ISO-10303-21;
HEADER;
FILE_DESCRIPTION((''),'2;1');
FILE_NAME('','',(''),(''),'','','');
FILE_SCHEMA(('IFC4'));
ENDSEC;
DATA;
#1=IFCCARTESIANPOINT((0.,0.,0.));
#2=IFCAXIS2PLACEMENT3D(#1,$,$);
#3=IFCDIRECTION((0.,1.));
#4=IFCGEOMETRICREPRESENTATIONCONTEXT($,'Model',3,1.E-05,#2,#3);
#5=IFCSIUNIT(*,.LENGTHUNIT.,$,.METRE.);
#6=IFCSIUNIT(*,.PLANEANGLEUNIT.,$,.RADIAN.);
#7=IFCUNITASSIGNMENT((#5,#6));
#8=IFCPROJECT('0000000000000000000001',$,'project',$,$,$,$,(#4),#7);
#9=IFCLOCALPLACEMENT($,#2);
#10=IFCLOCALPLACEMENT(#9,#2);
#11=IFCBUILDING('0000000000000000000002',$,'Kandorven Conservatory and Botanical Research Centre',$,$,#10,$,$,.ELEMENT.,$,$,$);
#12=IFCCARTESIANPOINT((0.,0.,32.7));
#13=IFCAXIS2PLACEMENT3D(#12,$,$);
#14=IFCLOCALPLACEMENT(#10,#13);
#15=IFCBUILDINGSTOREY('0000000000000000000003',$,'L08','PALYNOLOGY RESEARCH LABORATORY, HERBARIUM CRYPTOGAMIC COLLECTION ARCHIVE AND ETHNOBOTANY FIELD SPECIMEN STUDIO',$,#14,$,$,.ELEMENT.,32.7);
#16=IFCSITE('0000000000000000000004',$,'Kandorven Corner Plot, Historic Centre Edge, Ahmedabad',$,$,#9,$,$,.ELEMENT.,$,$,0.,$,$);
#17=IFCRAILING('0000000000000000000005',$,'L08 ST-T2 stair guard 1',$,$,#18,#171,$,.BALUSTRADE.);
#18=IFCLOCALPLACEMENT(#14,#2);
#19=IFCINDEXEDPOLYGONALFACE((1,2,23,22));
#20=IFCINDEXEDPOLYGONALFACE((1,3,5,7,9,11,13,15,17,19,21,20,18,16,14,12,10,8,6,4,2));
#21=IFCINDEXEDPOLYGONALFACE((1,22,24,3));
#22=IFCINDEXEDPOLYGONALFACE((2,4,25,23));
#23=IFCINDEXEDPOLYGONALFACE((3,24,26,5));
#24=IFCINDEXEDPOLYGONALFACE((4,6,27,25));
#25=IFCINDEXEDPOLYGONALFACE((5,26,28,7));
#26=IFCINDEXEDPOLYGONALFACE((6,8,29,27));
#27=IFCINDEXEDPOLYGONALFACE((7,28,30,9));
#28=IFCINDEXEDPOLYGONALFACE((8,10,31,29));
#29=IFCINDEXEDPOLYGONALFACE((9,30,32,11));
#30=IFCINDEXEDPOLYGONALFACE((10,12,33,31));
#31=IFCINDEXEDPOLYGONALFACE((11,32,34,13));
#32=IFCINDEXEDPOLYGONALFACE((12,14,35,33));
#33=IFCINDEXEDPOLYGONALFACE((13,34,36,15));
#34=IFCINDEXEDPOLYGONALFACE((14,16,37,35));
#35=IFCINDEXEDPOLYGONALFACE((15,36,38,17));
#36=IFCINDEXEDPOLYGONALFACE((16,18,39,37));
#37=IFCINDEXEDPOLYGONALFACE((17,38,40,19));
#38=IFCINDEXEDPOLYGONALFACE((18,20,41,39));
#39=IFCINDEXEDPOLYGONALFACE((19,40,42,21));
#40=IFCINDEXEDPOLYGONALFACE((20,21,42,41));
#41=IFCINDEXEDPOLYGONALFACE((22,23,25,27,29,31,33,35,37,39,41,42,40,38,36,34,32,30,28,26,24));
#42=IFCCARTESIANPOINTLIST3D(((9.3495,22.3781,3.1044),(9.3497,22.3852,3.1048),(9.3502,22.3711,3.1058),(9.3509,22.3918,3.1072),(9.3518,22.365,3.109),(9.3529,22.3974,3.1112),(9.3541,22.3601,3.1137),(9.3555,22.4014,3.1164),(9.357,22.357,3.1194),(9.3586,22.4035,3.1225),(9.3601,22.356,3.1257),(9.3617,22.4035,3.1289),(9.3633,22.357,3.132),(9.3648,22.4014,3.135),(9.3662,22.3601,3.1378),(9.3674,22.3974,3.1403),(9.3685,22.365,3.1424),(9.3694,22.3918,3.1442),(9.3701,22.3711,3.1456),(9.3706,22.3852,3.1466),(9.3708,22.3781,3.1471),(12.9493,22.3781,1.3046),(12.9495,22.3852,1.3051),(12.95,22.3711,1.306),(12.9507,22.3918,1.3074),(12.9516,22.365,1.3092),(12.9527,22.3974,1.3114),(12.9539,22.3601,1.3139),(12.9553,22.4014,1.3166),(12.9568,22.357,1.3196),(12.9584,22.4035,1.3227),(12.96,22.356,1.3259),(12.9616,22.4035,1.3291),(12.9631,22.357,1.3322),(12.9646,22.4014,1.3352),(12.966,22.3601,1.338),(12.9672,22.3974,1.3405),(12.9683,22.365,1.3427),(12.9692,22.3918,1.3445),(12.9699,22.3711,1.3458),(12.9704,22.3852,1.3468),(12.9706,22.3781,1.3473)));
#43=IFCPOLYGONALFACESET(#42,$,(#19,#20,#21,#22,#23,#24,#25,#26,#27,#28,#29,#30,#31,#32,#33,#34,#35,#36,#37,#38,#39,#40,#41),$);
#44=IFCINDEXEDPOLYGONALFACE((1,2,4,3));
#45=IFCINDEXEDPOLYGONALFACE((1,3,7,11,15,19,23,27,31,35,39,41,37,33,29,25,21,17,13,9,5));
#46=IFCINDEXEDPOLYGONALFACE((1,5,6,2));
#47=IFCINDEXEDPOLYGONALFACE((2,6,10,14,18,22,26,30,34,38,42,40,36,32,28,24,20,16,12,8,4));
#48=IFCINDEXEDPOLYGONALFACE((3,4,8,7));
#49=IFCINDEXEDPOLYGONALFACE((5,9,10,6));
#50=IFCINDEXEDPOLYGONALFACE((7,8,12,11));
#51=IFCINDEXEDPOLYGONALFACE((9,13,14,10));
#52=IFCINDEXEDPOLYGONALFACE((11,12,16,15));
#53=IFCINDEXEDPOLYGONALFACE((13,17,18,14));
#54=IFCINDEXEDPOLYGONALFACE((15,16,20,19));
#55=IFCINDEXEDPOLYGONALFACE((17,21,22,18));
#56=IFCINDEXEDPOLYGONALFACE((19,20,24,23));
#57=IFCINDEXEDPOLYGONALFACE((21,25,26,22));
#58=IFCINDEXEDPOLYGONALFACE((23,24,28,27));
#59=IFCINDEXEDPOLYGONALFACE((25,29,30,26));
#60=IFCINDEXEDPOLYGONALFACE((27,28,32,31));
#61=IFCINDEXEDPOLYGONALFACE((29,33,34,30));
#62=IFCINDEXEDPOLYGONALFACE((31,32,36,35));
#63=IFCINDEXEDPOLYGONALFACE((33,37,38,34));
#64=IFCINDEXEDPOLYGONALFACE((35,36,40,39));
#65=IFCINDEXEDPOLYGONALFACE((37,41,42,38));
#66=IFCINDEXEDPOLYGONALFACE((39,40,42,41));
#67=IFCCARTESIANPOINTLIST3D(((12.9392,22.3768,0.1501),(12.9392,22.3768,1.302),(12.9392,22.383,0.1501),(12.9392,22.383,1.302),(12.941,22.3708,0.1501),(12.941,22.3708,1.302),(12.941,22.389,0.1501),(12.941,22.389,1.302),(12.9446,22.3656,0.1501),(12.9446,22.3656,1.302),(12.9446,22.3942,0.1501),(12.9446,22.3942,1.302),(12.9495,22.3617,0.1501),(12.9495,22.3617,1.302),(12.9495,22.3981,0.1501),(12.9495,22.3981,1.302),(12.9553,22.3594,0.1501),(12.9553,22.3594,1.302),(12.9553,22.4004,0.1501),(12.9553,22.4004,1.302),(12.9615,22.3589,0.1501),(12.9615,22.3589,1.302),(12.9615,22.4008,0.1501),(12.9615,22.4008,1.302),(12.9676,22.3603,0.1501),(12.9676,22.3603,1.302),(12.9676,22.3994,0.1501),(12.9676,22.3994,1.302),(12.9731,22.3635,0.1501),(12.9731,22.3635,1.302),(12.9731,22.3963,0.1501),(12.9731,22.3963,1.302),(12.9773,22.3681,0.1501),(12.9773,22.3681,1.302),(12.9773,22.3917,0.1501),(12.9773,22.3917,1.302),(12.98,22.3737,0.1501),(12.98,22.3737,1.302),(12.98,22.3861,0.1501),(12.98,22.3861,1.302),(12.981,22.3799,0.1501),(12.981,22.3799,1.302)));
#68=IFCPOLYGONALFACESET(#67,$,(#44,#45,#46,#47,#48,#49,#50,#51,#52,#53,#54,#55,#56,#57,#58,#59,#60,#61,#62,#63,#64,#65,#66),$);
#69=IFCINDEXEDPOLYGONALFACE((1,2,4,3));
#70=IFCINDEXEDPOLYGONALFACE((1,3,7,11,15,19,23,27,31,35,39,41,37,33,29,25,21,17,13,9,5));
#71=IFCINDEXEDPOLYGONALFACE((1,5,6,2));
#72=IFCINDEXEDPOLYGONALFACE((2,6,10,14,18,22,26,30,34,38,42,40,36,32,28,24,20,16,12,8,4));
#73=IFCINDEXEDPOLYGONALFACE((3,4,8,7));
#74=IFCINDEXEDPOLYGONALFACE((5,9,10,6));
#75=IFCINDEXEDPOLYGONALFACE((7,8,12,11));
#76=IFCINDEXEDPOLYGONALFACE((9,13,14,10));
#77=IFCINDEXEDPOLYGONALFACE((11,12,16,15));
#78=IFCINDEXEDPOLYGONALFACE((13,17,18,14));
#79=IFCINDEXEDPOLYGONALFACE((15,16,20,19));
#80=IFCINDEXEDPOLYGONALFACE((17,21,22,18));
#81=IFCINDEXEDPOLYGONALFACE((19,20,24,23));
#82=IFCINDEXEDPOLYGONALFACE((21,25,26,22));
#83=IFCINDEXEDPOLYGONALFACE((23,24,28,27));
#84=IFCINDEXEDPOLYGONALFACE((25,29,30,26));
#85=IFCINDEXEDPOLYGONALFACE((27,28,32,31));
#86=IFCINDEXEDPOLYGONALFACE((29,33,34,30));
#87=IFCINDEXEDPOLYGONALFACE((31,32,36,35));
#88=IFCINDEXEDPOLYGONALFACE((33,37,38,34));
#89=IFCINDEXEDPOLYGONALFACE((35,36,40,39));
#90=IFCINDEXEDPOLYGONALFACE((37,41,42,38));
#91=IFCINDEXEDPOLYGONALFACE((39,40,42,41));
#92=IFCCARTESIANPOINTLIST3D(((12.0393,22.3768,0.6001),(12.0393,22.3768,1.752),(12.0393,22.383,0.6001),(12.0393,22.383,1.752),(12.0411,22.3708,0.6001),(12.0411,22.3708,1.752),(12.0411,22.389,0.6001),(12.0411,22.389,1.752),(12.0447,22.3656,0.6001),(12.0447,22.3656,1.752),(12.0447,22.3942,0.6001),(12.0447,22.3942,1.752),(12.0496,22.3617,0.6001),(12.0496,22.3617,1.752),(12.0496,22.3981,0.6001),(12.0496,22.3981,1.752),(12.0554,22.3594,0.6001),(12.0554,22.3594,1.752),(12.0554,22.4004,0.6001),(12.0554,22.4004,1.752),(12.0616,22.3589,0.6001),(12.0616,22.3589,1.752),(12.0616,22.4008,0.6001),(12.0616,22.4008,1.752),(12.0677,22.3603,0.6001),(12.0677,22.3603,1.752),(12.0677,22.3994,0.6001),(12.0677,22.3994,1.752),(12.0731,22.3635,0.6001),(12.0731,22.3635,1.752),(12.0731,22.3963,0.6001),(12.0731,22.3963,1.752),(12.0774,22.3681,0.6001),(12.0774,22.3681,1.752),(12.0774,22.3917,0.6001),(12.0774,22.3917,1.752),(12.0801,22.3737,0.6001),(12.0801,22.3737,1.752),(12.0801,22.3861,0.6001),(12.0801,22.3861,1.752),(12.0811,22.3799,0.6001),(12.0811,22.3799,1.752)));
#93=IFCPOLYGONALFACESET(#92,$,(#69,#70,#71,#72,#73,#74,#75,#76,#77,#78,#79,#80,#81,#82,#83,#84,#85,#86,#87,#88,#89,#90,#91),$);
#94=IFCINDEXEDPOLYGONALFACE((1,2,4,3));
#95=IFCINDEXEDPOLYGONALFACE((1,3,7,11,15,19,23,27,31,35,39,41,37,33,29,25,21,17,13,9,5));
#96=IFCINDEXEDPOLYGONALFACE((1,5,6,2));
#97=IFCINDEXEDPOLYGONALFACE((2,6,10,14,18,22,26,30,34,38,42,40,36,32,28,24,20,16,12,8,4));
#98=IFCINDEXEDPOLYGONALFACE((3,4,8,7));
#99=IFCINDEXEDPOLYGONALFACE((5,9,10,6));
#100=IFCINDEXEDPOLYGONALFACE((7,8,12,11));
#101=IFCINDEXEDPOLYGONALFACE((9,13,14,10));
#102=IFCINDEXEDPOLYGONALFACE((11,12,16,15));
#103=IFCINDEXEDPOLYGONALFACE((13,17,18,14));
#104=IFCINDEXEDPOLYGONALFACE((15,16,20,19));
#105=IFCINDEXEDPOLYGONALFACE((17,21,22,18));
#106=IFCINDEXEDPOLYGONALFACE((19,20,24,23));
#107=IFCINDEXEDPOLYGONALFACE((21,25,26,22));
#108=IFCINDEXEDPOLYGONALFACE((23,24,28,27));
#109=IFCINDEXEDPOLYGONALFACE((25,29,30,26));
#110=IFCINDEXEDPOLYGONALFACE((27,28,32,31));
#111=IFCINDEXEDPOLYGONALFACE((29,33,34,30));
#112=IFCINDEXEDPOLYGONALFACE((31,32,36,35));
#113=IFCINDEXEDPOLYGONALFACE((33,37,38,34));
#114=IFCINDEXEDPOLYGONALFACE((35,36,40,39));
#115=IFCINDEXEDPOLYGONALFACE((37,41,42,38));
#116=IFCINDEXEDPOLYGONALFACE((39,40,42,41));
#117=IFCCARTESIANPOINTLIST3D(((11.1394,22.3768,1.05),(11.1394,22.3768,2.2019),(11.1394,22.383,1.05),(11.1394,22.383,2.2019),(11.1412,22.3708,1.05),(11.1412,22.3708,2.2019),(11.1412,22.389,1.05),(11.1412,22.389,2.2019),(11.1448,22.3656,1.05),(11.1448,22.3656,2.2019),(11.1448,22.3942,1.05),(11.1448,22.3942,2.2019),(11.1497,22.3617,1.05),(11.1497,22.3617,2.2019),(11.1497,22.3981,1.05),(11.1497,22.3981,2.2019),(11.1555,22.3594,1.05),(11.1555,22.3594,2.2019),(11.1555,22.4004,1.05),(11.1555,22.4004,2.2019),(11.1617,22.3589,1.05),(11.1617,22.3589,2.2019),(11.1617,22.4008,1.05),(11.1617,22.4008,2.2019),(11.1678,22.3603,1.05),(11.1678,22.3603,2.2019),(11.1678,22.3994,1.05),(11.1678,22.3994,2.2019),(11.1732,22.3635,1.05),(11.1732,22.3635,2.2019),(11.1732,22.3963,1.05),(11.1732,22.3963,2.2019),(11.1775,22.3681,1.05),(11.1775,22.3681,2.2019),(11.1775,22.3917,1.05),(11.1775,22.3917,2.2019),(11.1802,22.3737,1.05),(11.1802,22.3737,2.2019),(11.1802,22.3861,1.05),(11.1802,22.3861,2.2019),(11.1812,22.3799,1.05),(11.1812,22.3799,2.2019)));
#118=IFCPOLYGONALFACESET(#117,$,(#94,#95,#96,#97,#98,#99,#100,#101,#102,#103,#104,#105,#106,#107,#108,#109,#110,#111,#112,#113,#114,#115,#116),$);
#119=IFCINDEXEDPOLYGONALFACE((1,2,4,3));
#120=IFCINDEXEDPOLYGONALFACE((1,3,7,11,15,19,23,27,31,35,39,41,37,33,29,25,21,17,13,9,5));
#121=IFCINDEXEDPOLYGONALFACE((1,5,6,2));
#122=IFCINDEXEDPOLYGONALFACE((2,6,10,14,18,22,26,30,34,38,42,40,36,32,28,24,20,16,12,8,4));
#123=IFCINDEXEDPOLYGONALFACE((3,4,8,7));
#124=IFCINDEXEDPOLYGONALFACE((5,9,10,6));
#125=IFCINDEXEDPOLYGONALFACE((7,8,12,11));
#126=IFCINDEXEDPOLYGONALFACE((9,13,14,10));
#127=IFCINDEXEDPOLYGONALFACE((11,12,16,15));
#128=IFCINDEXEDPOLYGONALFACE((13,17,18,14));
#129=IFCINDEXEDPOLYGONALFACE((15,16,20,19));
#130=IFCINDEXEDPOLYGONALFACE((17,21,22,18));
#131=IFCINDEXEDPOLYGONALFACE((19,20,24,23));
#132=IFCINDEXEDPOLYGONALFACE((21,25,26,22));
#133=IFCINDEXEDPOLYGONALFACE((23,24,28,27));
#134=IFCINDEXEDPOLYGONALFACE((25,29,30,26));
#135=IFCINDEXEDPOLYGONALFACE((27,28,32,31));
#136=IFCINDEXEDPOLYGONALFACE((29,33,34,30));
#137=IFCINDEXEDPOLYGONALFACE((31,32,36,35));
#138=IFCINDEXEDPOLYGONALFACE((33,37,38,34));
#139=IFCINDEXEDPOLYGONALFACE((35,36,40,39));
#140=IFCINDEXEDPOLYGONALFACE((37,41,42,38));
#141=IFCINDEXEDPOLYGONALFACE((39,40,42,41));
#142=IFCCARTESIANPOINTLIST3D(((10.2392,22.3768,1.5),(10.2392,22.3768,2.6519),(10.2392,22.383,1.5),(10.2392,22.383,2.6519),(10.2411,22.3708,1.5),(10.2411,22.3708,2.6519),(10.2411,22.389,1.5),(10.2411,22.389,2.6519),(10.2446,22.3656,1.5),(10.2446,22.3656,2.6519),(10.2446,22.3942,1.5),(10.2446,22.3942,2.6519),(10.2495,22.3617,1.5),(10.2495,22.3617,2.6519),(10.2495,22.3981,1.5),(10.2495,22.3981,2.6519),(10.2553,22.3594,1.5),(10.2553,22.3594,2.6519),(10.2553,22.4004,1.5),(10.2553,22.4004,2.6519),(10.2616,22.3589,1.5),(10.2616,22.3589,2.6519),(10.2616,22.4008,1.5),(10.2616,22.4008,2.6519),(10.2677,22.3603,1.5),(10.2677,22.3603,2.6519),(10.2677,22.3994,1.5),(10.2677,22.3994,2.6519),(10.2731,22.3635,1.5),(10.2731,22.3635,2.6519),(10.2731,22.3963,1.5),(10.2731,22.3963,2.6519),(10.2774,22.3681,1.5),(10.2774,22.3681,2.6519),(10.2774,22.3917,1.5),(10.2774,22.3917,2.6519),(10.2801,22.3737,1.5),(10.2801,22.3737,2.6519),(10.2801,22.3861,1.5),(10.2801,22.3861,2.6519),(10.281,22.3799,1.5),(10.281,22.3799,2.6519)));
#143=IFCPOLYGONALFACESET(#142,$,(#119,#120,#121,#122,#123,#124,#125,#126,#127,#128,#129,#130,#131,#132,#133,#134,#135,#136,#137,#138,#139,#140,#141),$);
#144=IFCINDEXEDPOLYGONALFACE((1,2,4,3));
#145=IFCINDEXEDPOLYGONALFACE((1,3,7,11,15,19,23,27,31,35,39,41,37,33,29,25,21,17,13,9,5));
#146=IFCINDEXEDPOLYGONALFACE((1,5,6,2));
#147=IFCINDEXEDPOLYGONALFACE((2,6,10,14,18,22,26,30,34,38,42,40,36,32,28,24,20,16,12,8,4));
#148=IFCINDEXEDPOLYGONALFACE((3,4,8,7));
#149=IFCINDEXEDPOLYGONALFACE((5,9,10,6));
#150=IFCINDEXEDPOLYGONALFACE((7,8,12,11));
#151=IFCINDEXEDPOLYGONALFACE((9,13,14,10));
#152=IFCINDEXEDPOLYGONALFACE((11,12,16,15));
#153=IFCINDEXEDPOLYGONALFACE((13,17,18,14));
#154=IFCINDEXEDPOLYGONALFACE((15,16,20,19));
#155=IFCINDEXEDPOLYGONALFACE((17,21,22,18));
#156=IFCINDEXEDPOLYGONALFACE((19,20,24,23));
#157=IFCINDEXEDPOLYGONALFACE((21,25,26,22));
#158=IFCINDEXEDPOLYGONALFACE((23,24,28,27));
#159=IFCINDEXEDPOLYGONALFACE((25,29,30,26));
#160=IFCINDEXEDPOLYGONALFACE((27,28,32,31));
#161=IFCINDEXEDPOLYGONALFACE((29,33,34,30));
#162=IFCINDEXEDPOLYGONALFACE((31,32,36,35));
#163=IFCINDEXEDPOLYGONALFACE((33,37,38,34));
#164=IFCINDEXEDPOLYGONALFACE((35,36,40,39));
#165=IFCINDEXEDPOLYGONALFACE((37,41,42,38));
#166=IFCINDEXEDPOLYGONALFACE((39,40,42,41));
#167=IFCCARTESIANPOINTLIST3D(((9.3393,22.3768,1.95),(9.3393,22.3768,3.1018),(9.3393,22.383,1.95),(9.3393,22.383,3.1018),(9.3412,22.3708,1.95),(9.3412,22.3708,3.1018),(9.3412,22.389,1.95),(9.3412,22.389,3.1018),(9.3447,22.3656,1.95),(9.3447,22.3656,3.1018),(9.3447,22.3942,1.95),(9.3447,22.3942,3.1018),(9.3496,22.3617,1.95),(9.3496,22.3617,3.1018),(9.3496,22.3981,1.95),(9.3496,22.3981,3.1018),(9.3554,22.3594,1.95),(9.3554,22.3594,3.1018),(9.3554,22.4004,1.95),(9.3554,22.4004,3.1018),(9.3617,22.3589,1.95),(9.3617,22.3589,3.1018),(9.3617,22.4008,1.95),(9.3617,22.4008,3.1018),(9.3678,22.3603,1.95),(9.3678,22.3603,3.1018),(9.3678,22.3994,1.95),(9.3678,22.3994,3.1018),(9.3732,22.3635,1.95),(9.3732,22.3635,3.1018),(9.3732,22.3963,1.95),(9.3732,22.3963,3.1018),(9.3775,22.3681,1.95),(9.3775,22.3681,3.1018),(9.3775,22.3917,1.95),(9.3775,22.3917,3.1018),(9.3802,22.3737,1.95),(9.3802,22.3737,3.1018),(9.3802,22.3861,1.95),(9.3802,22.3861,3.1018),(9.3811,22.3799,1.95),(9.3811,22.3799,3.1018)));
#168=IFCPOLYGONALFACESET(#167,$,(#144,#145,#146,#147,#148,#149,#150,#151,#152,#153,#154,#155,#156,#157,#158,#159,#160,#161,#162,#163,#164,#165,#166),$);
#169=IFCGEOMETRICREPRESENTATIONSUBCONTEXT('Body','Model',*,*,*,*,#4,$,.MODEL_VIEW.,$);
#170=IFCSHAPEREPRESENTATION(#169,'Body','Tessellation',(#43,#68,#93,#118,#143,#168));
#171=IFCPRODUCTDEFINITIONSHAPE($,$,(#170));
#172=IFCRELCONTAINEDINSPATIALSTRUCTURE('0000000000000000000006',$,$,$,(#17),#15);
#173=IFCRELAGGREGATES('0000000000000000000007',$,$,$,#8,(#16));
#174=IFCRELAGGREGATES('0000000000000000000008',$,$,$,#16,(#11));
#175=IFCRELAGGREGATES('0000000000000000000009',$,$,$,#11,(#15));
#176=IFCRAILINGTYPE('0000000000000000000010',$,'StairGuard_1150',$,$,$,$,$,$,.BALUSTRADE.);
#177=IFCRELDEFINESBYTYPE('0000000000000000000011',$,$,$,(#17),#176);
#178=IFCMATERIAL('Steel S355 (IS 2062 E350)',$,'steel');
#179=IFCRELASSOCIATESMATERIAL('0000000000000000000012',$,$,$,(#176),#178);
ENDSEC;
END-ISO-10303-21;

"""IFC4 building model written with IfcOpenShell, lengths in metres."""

from ifc_helpers import new_model, si_unit, direction, frame, origin, origin_2d, place, context, subcontext, project, spatial, circle, extrude, material, type_object, element, save


model = new_model("IFC4")

# Units and contexts
model_context = context("Model", 3, precision=1e-05, world=origin(), true_north=direction((0.0, 1.0)))
body_context = subcontext(model_context, "Body", "Model", "MODEL_VIEW")
ifc_project = project(units=[si_unit("LENGTHUNIT", "METRE"), si_unit("PLANEANGLEUNIT", "RADIAN")], contexts=[model_context])

# Site, building, storey
site_placement = place(None, origin())
site = spatial("IfcSite", under=ifc_project, at=site_placement, Name="Kandorven Corner Plot, Historic Centre Edge, Ahmedabad", CompositionType="ELEMENT", RefElevation=0.0)
building_placement = place(site_placement, origin())
building = spatial("IfcBuilding", under=site, at=building_placement, Name="Kandorven Conservatory and Botanical Research Centre", CompositionType="ELEMENT")
storey_placement = place(building_placement, frame((0.0, 0.0, 32.7)))
storey = spatial("IfcBuildingStorey", under=building, at=storey_placement, Name="L08", Description="PALYNOLOGY RESEARCH LABORATORY, HERBARIUM CRYPTOGAMIC COLLECTION ARCHIVE AND ETHNOBOTANY FIELD SPECIMEN STUDIO", CompositionType="ELEMENT", Elevation=32.7)

# Railing
ifc_material_1 = material(Name="Steel S355 (IS 2062 E350)", Category="steel")
railing_type_1 = type_object("IfcRailingType", Name="StairGuard_1150", PredefinedType="BALUSTRADE", material=ifc_material_1)
railing_1_placement = place(storey_placement, frame((12.96, 22.3799, 0.1501)))
element("IfcRailing", 1, at=railing_1_placement, inside=storey, type_object=railing_type_1, Name="L08 ST-T2 stair guard 1", PredefinedType="BALUSTRADE", context=body_context, shape_type="SweptSolid", body=[
    extrude(circle(Radius=0.0239, at=origin_2d()), frame((0.0, 0.0, 1.1758), z_axis=(-0.894439, 0.0, 0.447189), x_axis=(0.0, -1.0, 0.0)), (0.0, 0.0, 1.0), 4.0247),
    extrude(circle(Radius=0.021, at=origin_2d()), origin(), (0.0, 0.0, 1.0), 1.1519),
    extrude(circle(Radius=0.021, at=origin_2d()), frame((-0.8999, 0.0, 0.45)), (0.0, 0.0, 1.0), 1.1519),
    extrude(circle(Radius=0.021, at=origin_2d()), frame((-1.7998, 0.0, 0.8999)), (0.0, 0.0, 1.0), 1.1519),
    extrude(circle(Radius=0.021, at=origin_2d()), frame((-2.7, 0.0, 1.3499)), (0.0, 0.0, 1.0), 1.1519),
    extrude(circle(Radius=0.021, at=origin_2d()), frame((-3.5999, 0.0, 1.7998)), (0.0, 0.0, 1.0), 1.1519),
])

save(model, "model.ifc")
